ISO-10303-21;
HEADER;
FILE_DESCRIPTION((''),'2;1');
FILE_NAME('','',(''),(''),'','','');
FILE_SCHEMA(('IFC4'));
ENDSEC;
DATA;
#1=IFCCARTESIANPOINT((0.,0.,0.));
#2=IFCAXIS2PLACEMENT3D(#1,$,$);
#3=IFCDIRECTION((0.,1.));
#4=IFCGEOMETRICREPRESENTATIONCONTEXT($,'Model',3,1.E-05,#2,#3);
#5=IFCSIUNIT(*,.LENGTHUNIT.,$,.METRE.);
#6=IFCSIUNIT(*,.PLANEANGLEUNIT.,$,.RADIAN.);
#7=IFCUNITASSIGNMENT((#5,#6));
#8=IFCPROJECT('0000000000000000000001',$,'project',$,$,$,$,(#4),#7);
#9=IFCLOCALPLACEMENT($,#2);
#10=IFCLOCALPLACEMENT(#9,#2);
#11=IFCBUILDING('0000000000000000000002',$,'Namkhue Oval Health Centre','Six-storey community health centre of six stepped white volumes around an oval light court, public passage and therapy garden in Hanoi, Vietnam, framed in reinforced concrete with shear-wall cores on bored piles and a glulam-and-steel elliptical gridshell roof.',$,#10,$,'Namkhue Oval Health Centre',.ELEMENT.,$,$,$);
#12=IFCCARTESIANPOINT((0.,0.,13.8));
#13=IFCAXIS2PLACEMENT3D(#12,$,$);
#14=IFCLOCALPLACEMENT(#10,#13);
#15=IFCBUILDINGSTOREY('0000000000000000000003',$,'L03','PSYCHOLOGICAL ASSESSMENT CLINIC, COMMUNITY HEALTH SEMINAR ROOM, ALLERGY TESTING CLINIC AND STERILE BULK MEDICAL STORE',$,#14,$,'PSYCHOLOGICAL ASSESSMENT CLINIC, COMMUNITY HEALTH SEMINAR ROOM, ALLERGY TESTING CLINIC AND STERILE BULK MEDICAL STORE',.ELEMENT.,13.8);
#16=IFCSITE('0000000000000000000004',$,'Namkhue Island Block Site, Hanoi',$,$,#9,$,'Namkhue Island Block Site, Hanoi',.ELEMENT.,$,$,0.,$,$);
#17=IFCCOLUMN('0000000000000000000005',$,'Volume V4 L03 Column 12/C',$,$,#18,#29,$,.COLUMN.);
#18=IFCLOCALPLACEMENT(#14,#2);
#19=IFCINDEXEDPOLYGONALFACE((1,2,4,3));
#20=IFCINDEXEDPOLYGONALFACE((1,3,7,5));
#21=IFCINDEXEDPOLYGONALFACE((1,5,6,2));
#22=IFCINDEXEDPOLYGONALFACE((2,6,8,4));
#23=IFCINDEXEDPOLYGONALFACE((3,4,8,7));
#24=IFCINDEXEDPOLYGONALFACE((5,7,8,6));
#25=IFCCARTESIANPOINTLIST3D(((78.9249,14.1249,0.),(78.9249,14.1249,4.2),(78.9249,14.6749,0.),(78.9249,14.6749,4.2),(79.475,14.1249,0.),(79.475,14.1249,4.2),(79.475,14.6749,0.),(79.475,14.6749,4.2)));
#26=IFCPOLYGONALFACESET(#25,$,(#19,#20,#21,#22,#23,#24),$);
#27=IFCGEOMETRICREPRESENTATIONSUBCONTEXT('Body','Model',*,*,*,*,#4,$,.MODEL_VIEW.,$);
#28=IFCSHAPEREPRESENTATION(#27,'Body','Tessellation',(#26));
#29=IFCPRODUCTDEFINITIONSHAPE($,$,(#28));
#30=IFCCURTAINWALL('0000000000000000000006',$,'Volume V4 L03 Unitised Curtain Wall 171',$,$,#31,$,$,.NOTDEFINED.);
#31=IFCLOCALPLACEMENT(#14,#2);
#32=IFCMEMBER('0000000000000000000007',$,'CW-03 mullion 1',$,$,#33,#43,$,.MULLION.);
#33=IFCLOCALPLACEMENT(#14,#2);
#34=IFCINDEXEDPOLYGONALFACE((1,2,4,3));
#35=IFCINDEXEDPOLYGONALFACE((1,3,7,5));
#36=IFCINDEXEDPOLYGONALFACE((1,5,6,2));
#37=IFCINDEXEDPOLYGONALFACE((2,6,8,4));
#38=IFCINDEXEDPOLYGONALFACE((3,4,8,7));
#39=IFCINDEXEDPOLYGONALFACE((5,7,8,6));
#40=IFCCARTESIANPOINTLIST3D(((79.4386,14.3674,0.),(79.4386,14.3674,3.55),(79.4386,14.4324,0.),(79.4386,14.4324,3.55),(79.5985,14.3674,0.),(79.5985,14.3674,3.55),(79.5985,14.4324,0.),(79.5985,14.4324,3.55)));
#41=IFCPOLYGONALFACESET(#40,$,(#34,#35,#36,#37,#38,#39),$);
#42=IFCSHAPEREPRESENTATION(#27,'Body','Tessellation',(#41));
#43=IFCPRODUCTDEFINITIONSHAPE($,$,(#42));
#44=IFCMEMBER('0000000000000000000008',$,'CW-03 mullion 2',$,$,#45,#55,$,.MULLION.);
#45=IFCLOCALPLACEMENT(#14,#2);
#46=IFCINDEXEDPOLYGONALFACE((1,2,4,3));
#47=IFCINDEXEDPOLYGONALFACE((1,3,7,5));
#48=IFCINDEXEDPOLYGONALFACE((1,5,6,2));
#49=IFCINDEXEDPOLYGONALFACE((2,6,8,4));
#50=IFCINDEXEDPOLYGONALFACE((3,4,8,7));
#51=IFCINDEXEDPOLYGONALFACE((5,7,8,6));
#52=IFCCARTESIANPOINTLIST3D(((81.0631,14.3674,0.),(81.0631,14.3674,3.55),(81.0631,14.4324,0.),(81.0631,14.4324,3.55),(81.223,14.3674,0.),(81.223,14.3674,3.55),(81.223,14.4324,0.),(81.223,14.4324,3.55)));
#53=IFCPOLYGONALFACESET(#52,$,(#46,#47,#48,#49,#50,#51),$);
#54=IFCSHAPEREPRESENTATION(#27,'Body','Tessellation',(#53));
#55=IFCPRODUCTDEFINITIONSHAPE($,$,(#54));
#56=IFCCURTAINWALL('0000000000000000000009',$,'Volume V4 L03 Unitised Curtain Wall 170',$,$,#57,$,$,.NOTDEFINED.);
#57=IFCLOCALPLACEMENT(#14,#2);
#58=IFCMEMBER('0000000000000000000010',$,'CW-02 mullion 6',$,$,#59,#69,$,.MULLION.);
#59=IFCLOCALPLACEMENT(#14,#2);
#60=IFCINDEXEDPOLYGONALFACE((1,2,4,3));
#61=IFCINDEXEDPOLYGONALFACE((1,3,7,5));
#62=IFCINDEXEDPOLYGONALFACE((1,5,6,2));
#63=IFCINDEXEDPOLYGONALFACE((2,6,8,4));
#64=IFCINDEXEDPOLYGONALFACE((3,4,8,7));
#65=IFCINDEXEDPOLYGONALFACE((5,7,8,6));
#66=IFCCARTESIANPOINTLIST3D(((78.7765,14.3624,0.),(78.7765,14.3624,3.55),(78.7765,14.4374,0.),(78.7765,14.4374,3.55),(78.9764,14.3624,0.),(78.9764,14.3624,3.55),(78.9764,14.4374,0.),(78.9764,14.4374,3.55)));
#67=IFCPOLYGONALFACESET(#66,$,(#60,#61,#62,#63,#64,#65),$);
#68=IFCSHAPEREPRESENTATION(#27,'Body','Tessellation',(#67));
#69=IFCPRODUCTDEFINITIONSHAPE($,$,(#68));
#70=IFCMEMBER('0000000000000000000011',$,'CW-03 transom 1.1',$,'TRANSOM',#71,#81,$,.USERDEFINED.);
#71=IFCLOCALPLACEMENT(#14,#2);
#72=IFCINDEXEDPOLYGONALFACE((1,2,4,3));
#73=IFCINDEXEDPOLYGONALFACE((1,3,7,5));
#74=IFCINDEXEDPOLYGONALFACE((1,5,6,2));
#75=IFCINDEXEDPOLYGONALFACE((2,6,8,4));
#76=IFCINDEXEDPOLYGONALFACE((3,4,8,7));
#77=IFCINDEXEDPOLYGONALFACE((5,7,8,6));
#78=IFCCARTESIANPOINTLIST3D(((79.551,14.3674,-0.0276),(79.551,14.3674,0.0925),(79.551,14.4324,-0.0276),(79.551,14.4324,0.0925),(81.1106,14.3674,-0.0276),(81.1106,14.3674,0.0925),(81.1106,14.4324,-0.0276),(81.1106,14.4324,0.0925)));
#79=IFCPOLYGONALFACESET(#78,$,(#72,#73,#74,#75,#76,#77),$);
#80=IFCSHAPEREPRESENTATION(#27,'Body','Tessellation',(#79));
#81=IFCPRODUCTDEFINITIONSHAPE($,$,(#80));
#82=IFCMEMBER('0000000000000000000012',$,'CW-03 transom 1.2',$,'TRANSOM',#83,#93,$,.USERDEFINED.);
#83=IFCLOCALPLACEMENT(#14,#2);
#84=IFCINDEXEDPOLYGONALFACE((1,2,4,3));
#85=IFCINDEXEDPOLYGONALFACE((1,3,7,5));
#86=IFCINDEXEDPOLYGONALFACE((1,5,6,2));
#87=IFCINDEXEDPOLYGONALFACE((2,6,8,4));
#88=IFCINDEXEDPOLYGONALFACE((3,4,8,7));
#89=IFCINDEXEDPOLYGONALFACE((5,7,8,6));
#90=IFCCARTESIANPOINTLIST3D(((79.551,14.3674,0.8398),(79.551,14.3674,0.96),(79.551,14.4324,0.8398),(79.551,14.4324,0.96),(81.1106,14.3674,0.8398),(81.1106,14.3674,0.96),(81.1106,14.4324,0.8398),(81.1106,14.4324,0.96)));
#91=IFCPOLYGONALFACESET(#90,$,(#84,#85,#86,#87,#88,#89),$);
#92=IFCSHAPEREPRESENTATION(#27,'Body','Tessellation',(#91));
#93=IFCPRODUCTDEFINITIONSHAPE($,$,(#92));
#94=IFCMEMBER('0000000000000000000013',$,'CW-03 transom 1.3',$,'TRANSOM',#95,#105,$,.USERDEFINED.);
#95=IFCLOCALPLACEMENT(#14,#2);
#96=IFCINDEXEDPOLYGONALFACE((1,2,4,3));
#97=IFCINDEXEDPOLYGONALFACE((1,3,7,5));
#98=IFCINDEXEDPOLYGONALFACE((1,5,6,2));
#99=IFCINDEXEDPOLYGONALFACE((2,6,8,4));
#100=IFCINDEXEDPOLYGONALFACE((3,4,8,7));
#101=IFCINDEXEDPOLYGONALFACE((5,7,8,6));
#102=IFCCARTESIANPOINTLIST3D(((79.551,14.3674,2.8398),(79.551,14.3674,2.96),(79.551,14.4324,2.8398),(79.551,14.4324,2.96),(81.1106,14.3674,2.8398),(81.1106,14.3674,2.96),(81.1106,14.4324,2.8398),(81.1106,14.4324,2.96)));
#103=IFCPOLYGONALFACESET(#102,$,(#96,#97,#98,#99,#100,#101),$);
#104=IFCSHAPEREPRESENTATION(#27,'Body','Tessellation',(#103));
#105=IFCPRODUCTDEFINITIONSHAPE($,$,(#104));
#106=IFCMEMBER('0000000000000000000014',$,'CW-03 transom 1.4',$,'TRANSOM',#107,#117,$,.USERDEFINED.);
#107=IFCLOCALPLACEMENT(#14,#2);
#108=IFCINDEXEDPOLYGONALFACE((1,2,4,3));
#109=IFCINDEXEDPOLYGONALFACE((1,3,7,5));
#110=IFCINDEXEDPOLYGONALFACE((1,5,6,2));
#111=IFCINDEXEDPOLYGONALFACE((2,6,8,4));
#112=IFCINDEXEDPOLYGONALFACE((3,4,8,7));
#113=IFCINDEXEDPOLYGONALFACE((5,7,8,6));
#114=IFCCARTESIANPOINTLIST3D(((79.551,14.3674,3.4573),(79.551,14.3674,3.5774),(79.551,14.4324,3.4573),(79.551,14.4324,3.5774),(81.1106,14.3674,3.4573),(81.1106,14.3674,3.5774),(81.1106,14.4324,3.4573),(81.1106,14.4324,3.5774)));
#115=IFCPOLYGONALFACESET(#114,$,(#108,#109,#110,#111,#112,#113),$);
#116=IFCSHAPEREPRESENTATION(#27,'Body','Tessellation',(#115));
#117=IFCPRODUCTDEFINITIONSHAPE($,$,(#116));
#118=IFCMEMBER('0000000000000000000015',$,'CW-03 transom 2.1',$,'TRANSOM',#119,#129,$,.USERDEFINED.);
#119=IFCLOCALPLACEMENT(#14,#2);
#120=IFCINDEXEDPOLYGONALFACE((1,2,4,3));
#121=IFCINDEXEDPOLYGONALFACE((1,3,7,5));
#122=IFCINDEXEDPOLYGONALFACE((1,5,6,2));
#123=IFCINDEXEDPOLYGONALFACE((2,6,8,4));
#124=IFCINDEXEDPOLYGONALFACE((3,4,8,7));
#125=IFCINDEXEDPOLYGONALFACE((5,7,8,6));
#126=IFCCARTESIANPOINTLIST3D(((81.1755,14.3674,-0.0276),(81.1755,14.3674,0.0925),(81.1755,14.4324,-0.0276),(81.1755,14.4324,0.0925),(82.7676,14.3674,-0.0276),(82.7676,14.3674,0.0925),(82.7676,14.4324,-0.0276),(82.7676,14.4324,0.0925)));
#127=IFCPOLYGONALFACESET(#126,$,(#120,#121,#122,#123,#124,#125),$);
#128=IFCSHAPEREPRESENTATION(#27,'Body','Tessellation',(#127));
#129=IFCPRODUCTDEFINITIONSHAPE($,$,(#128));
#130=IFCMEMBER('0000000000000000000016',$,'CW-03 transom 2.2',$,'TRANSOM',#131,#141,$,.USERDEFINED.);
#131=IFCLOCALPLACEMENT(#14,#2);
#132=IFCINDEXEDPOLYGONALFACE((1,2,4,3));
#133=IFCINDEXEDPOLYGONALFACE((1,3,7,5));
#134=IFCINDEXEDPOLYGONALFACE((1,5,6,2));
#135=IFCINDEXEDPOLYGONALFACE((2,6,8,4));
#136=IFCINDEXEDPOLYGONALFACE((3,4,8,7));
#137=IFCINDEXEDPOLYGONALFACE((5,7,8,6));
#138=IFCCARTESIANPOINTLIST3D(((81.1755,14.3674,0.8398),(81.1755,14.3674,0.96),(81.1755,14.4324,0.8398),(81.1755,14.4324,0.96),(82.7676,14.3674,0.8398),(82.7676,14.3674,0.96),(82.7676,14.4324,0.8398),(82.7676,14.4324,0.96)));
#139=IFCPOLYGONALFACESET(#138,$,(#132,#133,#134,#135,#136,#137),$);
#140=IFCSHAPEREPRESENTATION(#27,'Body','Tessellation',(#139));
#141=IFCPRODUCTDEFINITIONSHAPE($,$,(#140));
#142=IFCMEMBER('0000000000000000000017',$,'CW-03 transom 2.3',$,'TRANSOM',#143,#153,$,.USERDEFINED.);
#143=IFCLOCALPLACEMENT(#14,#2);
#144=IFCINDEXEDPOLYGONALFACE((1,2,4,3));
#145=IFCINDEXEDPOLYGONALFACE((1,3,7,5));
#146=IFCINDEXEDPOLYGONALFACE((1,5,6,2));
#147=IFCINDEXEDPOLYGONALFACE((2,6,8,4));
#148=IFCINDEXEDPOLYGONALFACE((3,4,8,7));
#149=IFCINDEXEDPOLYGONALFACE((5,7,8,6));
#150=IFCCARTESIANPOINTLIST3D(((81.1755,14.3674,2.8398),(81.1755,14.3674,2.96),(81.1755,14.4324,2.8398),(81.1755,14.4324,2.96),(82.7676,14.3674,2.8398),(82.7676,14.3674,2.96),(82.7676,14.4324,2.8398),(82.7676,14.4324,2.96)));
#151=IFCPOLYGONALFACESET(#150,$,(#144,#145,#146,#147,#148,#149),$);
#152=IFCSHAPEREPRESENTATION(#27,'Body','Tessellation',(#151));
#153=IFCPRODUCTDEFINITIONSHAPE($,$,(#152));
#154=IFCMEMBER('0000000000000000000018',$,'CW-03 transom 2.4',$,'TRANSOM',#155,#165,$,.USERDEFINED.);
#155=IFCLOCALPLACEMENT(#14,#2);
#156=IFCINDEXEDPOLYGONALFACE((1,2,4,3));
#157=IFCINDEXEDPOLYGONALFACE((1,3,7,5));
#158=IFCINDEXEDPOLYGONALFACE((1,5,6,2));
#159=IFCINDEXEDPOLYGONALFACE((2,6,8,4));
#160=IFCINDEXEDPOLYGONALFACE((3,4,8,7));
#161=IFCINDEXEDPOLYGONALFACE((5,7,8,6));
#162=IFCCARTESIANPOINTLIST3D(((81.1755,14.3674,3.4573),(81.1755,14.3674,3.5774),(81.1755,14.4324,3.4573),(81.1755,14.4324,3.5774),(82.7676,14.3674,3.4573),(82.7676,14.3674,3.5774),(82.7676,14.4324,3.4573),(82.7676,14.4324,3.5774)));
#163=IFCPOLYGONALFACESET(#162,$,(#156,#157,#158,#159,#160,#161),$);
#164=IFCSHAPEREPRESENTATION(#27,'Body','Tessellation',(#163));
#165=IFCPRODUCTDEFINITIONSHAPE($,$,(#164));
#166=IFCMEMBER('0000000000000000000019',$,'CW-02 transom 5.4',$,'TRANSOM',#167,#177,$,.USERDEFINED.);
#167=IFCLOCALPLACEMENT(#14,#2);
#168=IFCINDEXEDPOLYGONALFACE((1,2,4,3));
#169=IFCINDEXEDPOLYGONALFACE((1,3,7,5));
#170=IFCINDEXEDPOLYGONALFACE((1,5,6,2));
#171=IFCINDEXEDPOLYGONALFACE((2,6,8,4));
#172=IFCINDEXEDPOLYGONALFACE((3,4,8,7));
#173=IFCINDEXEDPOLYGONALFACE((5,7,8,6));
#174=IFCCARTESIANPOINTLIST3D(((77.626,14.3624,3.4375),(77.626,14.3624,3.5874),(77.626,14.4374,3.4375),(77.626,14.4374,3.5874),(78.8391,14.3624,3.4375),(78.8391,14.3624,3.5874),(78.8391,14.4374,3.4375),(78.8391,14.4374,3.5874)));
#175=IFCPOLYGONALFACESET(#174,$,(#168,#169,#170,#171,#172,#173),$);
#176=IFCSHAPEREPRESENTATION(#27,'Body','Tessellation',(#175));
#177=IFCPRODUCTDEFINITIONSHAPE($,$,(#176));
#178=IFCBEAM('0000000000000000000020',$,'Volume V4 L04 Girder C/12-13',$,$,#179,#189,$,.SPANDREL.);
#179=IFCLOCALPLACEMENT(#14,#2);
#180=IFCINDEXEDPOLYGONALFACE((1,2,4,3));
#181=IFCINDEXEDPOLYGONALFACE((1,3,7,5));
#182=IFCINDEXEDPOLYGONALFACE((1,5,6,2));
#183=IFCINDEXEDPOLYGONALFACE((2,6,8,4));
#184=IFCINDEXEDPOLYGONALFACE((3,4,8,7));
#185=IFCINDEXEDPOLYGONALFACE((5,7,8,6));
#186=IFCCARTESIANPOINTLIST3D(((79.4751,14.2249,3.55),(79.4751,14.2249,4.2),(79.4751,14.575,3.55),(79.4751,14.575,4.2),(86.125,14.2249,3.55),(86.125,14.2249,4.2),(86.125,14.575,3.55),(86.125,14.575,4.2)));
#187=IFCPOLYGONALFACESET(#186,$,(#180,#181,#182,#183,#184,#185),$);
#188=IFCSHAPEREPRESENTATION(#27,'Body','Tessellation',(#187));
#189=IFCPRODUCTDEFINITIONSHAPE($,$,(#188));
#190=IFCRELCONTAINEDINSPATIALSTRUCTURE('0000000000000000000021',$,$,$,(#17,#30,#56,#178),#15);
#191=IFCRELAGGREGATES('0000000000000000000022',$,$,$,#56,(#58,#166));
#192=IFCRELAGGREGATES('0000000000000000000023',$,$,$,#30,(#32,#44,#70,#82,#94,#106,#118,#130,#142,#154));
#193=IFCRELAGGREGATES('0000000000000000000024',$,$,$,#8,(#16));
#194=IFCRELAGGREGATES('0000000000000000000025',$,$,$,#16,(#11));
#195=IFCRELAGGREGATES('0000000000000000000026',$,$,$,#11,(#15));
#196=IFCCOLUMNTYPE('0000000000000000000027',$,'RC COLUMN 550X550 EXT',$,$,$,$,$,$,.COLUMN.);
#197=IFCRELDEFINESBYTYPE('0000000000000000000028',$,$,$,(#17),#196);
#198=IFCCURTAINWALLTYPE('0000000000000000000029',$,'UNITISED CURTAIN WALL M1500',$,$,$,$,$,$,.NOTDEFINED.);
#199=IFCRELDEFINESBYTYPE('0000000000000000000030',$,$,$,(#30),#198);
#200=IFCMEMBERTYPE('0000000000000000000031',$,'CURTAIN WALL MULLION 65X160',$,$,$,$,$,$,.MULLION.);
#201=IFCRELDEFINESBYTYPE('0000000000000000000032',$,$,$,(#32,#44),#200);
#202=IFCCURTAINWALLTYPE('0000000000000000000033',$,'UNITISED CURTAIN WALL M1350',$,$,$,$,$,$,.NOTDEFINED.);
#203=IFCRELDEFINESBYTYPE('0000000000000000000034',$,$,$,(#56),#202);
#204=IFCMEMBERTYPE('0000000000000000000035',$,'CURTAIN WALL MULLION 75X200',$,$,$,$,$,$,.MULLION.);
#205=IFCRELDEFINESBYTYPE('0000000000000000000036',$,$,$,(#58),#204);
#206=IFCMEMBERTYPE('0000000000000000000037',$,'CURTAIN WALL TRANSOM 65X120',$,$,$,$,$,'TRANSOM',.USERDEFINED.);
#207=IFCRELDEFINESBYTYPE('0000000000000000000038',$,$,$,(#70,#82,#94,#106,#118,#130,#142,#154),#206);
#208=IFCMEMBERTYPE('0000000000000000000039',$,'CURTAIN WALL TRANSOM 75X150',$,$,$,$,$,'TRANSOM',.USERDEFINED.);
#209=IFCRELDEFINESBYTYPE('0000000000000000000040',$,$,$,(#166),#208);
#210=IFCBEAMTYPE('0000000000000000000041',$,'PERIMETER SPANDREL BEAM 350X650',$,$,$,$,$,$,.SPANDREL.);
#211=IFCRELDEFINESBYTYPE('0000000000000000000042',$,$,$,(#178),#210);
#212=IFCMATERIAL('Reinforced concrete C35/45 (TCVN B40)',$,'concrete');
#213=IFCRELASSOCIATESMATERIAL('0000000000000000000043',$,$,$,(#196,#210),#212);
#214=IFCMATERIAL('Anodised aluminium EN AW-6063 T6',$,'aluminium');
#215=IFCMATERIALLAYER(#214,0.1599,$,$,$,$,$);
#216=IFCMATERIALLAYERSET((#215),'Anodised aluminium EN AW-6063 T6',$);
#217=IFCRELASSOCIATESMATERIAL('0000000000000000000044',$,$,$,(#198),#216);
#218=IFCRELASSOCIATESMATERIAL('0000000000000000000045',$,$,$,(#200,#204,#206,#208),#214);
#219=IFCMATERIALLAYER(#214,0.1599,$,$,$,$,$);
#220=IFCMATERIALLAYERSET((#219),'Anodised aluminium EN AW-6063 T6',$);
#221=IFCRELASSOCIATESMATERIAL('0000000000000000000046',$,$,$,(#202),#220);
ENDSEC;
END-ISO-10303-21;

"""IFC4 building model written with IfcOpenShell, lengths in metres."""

from ifc_helpers import new_model, si_unit, direction, frame, origin, origin_2d, place, context, subcontext, project, spatial, rectangle, extrude, material, layer, layer_set, material_profile, profile_set, type_object, element, aggregate, save


model = new_model("IFC4")

# Units and contexts
model_context = context("Model", 3, precision=1e-05, world=origin(), true_north=direction((0.0, 1.0)))
body_context = subcontext(model_context, "Body", "Model", "MODEL_VIEW")
ifc_project = project(units=[si_unit("LENGTHUNIT", "METRE"), si_unit("PLANEANGLEUNIT", "RADIAN")], contexts=[model_context])

# Site, building, storey
site_placement = place(None, origin())
site = spatial("IfcSite", under=ifc_project, at=site_placement, Name="Namkhue Island Block Site, Hanoi", LongName="Namkhue Island Block Site, Hanoi", CompositionType="ELEMENT", RefElevation=0.0)
building_placement = place(site_placement, origin())
building = spatial("IfcBuilding", under=site, at=building_placement, Name="Namkhue Oval Health Centre", Description="Six-storey community health centre of six stepped white volumes around an oval light court, public passage and therapy garden in Hanoi, Vietnam, framed in reinforced concrete with shear-wall cores on bored piles and a glulam-and-steel elliptical gridshell roof.", LongName="Namkhue Oval Health Centre", CompositionType="ELEMENT")
storey_placement = place(building_placement, frame((0.0, 0.0, 13.8)))
storey = spatial("IfcBuildingStorey", under=building, at=storey_placement, Name="L03", Description="PSYCHOLOGICAL ASSESSMENT CLINIC, COMMUNITY HEALTH SEMINAR ROOM, ALLERGY TESTING CLINIC AND STERILE BULK MEDICAL STORE", LongName="PSYCHOLOGICAL ASSESSMENT CLINIC, COMMUNITY HEALTH SEMINAR ROOM, ALLERGY TESTING CLINIC AND STERILE BULK MEDICAL STORE", CompositionType="ELEMENT", Elevation=13.8)

# Column
ifc_material_1 = material(Name="Reinforced concrete C35/45 (TCVN B40)", Category="concrete")
ifc_material_profile_1 = material_profile(ifc_material_1, rectangle(XDim=0.55, YDim=0.55, at=origin_2d()), Name="RC 550x550")
ifc_profile_set_1 = profile_set([ifc_material_profile_1], Name="Reinforced concrete C35/45 (TCVN B40)")
column_type = type_object("IfcColumnType", Name="RC COLUMN 550X550 EXT", PredefinedType="COLUMN", material=ifc_profile_set_1)
column_placement = place(storey_placement, frame((79.2, 14.3999, 0.0), z_axis=(0.0, 0.0, 1.0), x_axis=(1.0, 0.0, 0.0)))
element("IfcColumn", 1, at=column_placement, inside=storey, type_object=column_type, Name="Volume V4 L03 Column 12/C", PredefinedType="COLUMN", context=body_context, shape_type="SweptSolid", body=[
    extrude(rectangle(XDim=0.55, YDim=0.55, at=origin_2d()), origin(), (0.0, 0.0, 1.0), 4.2),
])

# Curtain wall, members
ifc_material_2 = material(Name="Anodised aluminium EN AW-6063 T6", Category="aluminium")
ifc_layer_1 = layer(ifc_material_2, 0.1599)
ifc_layer_set_1 = layer_set([ifc_layer_1], Name="Anodised aluminium EN AW-6063 T6")
curtain_wall_type_1 = type_object("IfcCurtainWallType", Name="UNITISED CURTAIN WALL M1500", PredefinedType="NOTDEFINED", material=ifc_layer_set_1)
curtain_wall_1_placement = place(storey_placement, origin())
curtain_wall_1 = element("IfcCurtainWall", 2, at=curtain_wall_1_placement, inside=storey, type_object=curtain_wall_type_1, Name="Volume V4 L03 Unitised Curtain Wall 171", PredefinedType="NOTDEFINED")
ifc_material_profile_2 = material_profile(ifc_material_2, rectangle(XDim=0.0649, YDim=0.1599, at=origin_2d()), Name="ALU 65x160")
ifc_profile_set_2 = profile_set([ifc_material_profile_2], Name="Anodised aluminium EN AW-6063 T6")
member_type_1 = type_object("IfcMemberType", Name="CURTAIN WALL MULLION 65X160", PredefinedType="MULLION", material=ifc_profile_set_2)
member_1_placement = place(storey_placement, frame((79.5186, 14.3999, 0.0), z_axis=(0.0, 0.0, 1.0), x_axis=(0.0, 1.0, 0.0)))
member_1 = element("IfcMember", 3, at=member_1_placement, type_object=member_type_1, Name="CW-03 mullion 1", PredefinedType="MULLION", context=body_context, shape_type="SweptSolid", body=[
    extrude(rectangle(XDim=0.0649, YDim=0.1599, at=origin_2d()), origin(), (0.0, 0.0, 1.0), 3.55),
])
member_2_placement = place(storey_placement, frame((81.1431, 14.3999, 0.0), z_axis=(0.0, 0.0, 1.0), x_axis=(0.0, 1.0, 0.0)))
member_2 = element("IfcMember", 4, at=member_2_placement, type_object=member_type_1, Name="CW-03 mullion 2", PredefinedType="MULLION", context=body_context, shape_type="SweptSolid", body=[
    extrude(rectangle(XDim=0.0649, YDim=0.1599, at=origin_2d()), origin(), (0.0, 0.0, 1.0), 3.55),
])

# Curtain wall, member
ifc_layer_2 = layer(ifc_material_2, 0.1599)
ifc_layer_set_2 = layer_set([ifc_layer_2], Name="Anodised aluminium EN AW-6063 T6")
curtain_wall_type_2 = type_object("IfcCurtainWallType", Name="UNITISED CURTAIN WALL M1350", PredefinedType="NOTDEFINED", material=ifc_layer_set_2)
curtain_wall_2_placement = place(storey_placement, origin())
curtain_wall_2 = element("IfcCurtainWall", 5, at=curtain_wall_2_placement, inside=storey, type_object=curtain_wall_type_2, Name="Volume V4 L03 Unitised Curtain Wall 170", PredefinedType="NOTDEFINED")
ifc_material_profile_3 = material_profile(ifc_material_2, rectangle(XDim=0.075, YDim=0.2, at=origin_2d()), Name="ALU 75x200")
ifc_profile_set_3 = profile_set([ifc_material_profile_3], Name="Anodised aluminium EN AW-6063 T6")
member_type_2 = type_object("IfcMemberType", Name="CURTAIN WALL MULLION 75X200", PredefinedType="MULLION", material=ifc_profile_set_3)
member_3_placement = place(storey_placement, frame((78.8765, 14.3999, 0.0), z_axis=(0.0, 0.0, 1.0), x_axis=(0.0, 1.0, 0.0)))
member_3 = element("IfcMember", 6, at=member_3_placement, type_object=member_type_2, Name="CW-02 mullion 6", PredefinedType="MULLION", context=body_context, shape_type="SweptSolid", body=[
    extrude(rectangle(XDim=0.075, YDim=0.2, at=origin_2d()), origin(), (0.0, 0.0, 1.0), 3.55),
])

# Members
ifc_material_profile_4 = material_profile(ifc_material_2, rectangle(XDim=0.0649, YDim=0.1201, at=origin_2d()), Name="ALU 65x120")
ifc_profile_set_4 = profile_set([ifc_material_profile_4], Name="Anodised aluminium EN AW-6063 T6")
member_type_3 = type_object("IfcMemberType", Name="CURTAIN WALL TRANSOM 65X120", ElementType="TRANSOM", PredefinedType="USERDEFINED", material=ifc_profile_set_4)
member_4_placement = place(storey_placement, frame((79.551, 14.3999, 0.0325), z_axis=(1.0, 0.0, 0.0), x_axis=(0.0, 1.0, 0.0)))
member_4 = element("IfcMember", 7, at=member_4_placement, type_object=member_type_3, Name="CW-03 transom 1.1", ObjectType="TRANSOM", PredefinedType="USERDEFINED", context=body_context, shape_type="SweptSolid", body=[
    extrude(rectangle(XDim=0.0649, YDim=0.1201, at=origin_2d()), origin(), (0.0, 0.0, 1.0), 1.5596),
])
member_5_placement = place(storey_placement, frame((79.551, 14.3999, 0.8999), z_axis=(1.0, 0.0, 0.0), x_axis=(0.0, 1.0, 0.0)))
member_5 = element("IfcMember", 8, at=member_5_placement, type_object=member_type_3, Name="CW-03 transom 1.2", ObjectType="TRANSOM", PredefinedType="USERDEFINED", context=body_context, shape_type="SweptSolid", body=[
    extrude(rectangle(XDim=0.0649, YDim=0.1201, at=origin_2d()), origin(), (0.0, 0.0, 1.0), 1.5596),
])
member_6_placement = place(storey_placement, frame((79.551, 14.3999, 2.8999), z_axis=(1.0, 0.0, 0.0), x_axis=(0.0, 1.0, 0.0)))
member_6 = element("IfcMember", 9, at=member_6_placement, type_object=member_type_3, Name="CW-03 transom 1.3", ObjectType="TRANSOM", PredefinedType="USERDEFINED", context=body_context, shape_type="SweptSolid", body=[
    extrude(rectangle(XDim=0.0649, YDim=0.1201, at=origin_2d()), origin(), (0.0, 0.0, 1.0), 1.5596),
])
member_7_placement = place(storey_placement, frame((79.551, 14.3999, 3.5173), z_axis=(1.0, 0.0, 0.0), x_axis=(0.0, 1.0, 0.0)))
member_7 = element("IfcMember", 10, at=member_7_placement, type_object=member_type_3, Name="CW-03 transom 1.4", ObjectType="TRANSOM", PredefinedType="USERDEFINED", context=body_context, shape_type="SweptSolid", body=[
    extrude(rectangle(XDim=0.0649, YDim=0.1201, at=origin_2d()), origin(), (0.0, 0.0, 1.0), 1.5596),
])
member_8_placement = place(storey_placement, frame((81.1755, 14.3999, 0.0325), z_axis=(1.0, 0.0, 0.0), x_axis=(0.0, 1.0, 0.0)))
member_8 = element("IfcMember", 11, at=member_8_placement, type_object=member_type_3, Name="CW-03 transom 2.1", ObjectType="TRANSOM", PredefinedType="USERDEFINED", context=body_context, shape_type="SweptSolid", body=[
    extrude(rectangle(XDim=0.0649, YDim=0.1201, at=origin_2d()), origin(), (0.0, 0.0, 1.0), 1.592),
])
member_9_placement = place(storey_placement, frame((81.1755, 14.3999, 0.8999), z_axis=(1.0, 0.0, 0.0), x_axis=(0.0, 1.0, 0.0)))
member_9 = element("IfcMember", 12, at=member_9_placement, type_object=member_type_3, Name="CW-03 transom 2.2", ObjectType="TRANSOM", PredefinedType="USERDEFINED", context=body_context, shape_type="SweptSolid", body=[
    extrude(rectangle(XDim=0.0649, YDim=0.1201, at=origin_2d()), origin(), (0.0, 0.0, 1.0), 1.592),
])
member_10_placement = place(storey_placement, frame((81.1755, 14.3999, 2.8999), z_axis=(1.0, 0.0, 0.0), x_axis=(0.0, 1.0, 0.0)))
member_10 = element("IfcMember", 13, at=member_10_placement, type_object=member_type_3, Name="CW-03 transom 2.3", ObjectType="TRANSOM", PredefinedType="USERDEFINED", context=body_context, shape_type="SweptSolid", body=[
    extrude(rectangle(XDim=0.0649, YDim=0.1201, at=origin_2d()), origin(), (0.0, 0.0, 1.0), 1.592),
])
member_11_placement = place(storey_placement, frame((81.1755, 14.3999, 3.5173), z_axis=(1.0, 0.0, 0.0), x_axis=(0.0, 1.0, 0.0)))
member_11 = element("IfcMember", 14, at=member_11_placement, type_object=member_type_3, Name="CW-03 transom 2.4", ObjectType="TRANSOM", PredefinedType="USERDEFINED", context=body_context, shape_type="SweptSolid", body=[
    extrude(rectangle(XDim=0.0649, YDim=0.1201, at=origin_2d()), origin(), (0.0, 0.0, 1.0), 1.592),
])
ifc_material_profile_5 = material_profile(ifc_material_2, rectangle(XDim=0.075, YDim=0.1499, at=origin_2d()), Name="ALU 75x150")
ifc_profile_set_5 = profile_set([ifc_material_profile_5], Name="Anodised aluminium EN AW-6063 T6")
member_type_4 = type_object("IfcMemberType", Name="CURTAIN WALL TRANSOM 75X150", ElementType="TRANSOM", PredefinedType="USERDEFINED", material=ifc_profile_set_5)
member_12_placement = place(storey_placement, frame((77.626, 14.3999, 3.5125), z_axis=(1.0, 0.0, 0.0), x_axis=(0.0, 1.0, 0.0)))
member_12 = element("IfcMember", 15, at=member_12_placement, type_object=member_type_4, Name="CW-02 transom 5.4", ObjectType="TRANSOM", PredefinedType="USERDEFINED", context=body_context, shape_type="SweptSolid", body=[
    extrude(rectangle(XDim=0.075, YDim=0.1499, at=origin_2d()), origin(), (0.0, 0.0, 1.0), 1.2131),
])

# Beam
ifc_material_profile_6 = material_profile(ifc_material_1, rectangle(XDim=0.3501, YDim=0.6499, at=origin_2d()), Name="RC 350x650")
ifc_profile_set_6 = profile_set([ifc_material_profile_6], Name="Reinforced concrete C35/45 (TCVN B40)")
beam_type = type_object("IfcBeamType", Name="PERIMETER SPANDREL BEAM 350X650", PredefinedType="SPANDREL", material=ifc_profile_set_6)
beam_placement = place(storey_placement, frame((79.4751, 14.3999, 3.875), z_axis=(1.0, 0.0, 0.0), x_axis=(0.0, 1.0, 0.0)))
element("IfcBeam", 16, at=beam_placement, inside=storey, type_object=beam_type, Name="Volume V4 L04 Girder C/12-13", PredefinedType="SPANDREL", context=body_context, shape_type="SweptSolid", body=[
    extrude(rectangle(XDim=0.3501, YDim=0.6499, at=origin_2d()), origin(), (0.0, 0.0, 1.0), 6.6499),
])

aggregate(curtain_wall_2, [member_3, member_12])
aggregate(curtain_wall_1, [member_1, member_2, member_4, member_5, member_6, member_7, member_8, member_9, member_10, member_11])

save(model, "model.ifc")
